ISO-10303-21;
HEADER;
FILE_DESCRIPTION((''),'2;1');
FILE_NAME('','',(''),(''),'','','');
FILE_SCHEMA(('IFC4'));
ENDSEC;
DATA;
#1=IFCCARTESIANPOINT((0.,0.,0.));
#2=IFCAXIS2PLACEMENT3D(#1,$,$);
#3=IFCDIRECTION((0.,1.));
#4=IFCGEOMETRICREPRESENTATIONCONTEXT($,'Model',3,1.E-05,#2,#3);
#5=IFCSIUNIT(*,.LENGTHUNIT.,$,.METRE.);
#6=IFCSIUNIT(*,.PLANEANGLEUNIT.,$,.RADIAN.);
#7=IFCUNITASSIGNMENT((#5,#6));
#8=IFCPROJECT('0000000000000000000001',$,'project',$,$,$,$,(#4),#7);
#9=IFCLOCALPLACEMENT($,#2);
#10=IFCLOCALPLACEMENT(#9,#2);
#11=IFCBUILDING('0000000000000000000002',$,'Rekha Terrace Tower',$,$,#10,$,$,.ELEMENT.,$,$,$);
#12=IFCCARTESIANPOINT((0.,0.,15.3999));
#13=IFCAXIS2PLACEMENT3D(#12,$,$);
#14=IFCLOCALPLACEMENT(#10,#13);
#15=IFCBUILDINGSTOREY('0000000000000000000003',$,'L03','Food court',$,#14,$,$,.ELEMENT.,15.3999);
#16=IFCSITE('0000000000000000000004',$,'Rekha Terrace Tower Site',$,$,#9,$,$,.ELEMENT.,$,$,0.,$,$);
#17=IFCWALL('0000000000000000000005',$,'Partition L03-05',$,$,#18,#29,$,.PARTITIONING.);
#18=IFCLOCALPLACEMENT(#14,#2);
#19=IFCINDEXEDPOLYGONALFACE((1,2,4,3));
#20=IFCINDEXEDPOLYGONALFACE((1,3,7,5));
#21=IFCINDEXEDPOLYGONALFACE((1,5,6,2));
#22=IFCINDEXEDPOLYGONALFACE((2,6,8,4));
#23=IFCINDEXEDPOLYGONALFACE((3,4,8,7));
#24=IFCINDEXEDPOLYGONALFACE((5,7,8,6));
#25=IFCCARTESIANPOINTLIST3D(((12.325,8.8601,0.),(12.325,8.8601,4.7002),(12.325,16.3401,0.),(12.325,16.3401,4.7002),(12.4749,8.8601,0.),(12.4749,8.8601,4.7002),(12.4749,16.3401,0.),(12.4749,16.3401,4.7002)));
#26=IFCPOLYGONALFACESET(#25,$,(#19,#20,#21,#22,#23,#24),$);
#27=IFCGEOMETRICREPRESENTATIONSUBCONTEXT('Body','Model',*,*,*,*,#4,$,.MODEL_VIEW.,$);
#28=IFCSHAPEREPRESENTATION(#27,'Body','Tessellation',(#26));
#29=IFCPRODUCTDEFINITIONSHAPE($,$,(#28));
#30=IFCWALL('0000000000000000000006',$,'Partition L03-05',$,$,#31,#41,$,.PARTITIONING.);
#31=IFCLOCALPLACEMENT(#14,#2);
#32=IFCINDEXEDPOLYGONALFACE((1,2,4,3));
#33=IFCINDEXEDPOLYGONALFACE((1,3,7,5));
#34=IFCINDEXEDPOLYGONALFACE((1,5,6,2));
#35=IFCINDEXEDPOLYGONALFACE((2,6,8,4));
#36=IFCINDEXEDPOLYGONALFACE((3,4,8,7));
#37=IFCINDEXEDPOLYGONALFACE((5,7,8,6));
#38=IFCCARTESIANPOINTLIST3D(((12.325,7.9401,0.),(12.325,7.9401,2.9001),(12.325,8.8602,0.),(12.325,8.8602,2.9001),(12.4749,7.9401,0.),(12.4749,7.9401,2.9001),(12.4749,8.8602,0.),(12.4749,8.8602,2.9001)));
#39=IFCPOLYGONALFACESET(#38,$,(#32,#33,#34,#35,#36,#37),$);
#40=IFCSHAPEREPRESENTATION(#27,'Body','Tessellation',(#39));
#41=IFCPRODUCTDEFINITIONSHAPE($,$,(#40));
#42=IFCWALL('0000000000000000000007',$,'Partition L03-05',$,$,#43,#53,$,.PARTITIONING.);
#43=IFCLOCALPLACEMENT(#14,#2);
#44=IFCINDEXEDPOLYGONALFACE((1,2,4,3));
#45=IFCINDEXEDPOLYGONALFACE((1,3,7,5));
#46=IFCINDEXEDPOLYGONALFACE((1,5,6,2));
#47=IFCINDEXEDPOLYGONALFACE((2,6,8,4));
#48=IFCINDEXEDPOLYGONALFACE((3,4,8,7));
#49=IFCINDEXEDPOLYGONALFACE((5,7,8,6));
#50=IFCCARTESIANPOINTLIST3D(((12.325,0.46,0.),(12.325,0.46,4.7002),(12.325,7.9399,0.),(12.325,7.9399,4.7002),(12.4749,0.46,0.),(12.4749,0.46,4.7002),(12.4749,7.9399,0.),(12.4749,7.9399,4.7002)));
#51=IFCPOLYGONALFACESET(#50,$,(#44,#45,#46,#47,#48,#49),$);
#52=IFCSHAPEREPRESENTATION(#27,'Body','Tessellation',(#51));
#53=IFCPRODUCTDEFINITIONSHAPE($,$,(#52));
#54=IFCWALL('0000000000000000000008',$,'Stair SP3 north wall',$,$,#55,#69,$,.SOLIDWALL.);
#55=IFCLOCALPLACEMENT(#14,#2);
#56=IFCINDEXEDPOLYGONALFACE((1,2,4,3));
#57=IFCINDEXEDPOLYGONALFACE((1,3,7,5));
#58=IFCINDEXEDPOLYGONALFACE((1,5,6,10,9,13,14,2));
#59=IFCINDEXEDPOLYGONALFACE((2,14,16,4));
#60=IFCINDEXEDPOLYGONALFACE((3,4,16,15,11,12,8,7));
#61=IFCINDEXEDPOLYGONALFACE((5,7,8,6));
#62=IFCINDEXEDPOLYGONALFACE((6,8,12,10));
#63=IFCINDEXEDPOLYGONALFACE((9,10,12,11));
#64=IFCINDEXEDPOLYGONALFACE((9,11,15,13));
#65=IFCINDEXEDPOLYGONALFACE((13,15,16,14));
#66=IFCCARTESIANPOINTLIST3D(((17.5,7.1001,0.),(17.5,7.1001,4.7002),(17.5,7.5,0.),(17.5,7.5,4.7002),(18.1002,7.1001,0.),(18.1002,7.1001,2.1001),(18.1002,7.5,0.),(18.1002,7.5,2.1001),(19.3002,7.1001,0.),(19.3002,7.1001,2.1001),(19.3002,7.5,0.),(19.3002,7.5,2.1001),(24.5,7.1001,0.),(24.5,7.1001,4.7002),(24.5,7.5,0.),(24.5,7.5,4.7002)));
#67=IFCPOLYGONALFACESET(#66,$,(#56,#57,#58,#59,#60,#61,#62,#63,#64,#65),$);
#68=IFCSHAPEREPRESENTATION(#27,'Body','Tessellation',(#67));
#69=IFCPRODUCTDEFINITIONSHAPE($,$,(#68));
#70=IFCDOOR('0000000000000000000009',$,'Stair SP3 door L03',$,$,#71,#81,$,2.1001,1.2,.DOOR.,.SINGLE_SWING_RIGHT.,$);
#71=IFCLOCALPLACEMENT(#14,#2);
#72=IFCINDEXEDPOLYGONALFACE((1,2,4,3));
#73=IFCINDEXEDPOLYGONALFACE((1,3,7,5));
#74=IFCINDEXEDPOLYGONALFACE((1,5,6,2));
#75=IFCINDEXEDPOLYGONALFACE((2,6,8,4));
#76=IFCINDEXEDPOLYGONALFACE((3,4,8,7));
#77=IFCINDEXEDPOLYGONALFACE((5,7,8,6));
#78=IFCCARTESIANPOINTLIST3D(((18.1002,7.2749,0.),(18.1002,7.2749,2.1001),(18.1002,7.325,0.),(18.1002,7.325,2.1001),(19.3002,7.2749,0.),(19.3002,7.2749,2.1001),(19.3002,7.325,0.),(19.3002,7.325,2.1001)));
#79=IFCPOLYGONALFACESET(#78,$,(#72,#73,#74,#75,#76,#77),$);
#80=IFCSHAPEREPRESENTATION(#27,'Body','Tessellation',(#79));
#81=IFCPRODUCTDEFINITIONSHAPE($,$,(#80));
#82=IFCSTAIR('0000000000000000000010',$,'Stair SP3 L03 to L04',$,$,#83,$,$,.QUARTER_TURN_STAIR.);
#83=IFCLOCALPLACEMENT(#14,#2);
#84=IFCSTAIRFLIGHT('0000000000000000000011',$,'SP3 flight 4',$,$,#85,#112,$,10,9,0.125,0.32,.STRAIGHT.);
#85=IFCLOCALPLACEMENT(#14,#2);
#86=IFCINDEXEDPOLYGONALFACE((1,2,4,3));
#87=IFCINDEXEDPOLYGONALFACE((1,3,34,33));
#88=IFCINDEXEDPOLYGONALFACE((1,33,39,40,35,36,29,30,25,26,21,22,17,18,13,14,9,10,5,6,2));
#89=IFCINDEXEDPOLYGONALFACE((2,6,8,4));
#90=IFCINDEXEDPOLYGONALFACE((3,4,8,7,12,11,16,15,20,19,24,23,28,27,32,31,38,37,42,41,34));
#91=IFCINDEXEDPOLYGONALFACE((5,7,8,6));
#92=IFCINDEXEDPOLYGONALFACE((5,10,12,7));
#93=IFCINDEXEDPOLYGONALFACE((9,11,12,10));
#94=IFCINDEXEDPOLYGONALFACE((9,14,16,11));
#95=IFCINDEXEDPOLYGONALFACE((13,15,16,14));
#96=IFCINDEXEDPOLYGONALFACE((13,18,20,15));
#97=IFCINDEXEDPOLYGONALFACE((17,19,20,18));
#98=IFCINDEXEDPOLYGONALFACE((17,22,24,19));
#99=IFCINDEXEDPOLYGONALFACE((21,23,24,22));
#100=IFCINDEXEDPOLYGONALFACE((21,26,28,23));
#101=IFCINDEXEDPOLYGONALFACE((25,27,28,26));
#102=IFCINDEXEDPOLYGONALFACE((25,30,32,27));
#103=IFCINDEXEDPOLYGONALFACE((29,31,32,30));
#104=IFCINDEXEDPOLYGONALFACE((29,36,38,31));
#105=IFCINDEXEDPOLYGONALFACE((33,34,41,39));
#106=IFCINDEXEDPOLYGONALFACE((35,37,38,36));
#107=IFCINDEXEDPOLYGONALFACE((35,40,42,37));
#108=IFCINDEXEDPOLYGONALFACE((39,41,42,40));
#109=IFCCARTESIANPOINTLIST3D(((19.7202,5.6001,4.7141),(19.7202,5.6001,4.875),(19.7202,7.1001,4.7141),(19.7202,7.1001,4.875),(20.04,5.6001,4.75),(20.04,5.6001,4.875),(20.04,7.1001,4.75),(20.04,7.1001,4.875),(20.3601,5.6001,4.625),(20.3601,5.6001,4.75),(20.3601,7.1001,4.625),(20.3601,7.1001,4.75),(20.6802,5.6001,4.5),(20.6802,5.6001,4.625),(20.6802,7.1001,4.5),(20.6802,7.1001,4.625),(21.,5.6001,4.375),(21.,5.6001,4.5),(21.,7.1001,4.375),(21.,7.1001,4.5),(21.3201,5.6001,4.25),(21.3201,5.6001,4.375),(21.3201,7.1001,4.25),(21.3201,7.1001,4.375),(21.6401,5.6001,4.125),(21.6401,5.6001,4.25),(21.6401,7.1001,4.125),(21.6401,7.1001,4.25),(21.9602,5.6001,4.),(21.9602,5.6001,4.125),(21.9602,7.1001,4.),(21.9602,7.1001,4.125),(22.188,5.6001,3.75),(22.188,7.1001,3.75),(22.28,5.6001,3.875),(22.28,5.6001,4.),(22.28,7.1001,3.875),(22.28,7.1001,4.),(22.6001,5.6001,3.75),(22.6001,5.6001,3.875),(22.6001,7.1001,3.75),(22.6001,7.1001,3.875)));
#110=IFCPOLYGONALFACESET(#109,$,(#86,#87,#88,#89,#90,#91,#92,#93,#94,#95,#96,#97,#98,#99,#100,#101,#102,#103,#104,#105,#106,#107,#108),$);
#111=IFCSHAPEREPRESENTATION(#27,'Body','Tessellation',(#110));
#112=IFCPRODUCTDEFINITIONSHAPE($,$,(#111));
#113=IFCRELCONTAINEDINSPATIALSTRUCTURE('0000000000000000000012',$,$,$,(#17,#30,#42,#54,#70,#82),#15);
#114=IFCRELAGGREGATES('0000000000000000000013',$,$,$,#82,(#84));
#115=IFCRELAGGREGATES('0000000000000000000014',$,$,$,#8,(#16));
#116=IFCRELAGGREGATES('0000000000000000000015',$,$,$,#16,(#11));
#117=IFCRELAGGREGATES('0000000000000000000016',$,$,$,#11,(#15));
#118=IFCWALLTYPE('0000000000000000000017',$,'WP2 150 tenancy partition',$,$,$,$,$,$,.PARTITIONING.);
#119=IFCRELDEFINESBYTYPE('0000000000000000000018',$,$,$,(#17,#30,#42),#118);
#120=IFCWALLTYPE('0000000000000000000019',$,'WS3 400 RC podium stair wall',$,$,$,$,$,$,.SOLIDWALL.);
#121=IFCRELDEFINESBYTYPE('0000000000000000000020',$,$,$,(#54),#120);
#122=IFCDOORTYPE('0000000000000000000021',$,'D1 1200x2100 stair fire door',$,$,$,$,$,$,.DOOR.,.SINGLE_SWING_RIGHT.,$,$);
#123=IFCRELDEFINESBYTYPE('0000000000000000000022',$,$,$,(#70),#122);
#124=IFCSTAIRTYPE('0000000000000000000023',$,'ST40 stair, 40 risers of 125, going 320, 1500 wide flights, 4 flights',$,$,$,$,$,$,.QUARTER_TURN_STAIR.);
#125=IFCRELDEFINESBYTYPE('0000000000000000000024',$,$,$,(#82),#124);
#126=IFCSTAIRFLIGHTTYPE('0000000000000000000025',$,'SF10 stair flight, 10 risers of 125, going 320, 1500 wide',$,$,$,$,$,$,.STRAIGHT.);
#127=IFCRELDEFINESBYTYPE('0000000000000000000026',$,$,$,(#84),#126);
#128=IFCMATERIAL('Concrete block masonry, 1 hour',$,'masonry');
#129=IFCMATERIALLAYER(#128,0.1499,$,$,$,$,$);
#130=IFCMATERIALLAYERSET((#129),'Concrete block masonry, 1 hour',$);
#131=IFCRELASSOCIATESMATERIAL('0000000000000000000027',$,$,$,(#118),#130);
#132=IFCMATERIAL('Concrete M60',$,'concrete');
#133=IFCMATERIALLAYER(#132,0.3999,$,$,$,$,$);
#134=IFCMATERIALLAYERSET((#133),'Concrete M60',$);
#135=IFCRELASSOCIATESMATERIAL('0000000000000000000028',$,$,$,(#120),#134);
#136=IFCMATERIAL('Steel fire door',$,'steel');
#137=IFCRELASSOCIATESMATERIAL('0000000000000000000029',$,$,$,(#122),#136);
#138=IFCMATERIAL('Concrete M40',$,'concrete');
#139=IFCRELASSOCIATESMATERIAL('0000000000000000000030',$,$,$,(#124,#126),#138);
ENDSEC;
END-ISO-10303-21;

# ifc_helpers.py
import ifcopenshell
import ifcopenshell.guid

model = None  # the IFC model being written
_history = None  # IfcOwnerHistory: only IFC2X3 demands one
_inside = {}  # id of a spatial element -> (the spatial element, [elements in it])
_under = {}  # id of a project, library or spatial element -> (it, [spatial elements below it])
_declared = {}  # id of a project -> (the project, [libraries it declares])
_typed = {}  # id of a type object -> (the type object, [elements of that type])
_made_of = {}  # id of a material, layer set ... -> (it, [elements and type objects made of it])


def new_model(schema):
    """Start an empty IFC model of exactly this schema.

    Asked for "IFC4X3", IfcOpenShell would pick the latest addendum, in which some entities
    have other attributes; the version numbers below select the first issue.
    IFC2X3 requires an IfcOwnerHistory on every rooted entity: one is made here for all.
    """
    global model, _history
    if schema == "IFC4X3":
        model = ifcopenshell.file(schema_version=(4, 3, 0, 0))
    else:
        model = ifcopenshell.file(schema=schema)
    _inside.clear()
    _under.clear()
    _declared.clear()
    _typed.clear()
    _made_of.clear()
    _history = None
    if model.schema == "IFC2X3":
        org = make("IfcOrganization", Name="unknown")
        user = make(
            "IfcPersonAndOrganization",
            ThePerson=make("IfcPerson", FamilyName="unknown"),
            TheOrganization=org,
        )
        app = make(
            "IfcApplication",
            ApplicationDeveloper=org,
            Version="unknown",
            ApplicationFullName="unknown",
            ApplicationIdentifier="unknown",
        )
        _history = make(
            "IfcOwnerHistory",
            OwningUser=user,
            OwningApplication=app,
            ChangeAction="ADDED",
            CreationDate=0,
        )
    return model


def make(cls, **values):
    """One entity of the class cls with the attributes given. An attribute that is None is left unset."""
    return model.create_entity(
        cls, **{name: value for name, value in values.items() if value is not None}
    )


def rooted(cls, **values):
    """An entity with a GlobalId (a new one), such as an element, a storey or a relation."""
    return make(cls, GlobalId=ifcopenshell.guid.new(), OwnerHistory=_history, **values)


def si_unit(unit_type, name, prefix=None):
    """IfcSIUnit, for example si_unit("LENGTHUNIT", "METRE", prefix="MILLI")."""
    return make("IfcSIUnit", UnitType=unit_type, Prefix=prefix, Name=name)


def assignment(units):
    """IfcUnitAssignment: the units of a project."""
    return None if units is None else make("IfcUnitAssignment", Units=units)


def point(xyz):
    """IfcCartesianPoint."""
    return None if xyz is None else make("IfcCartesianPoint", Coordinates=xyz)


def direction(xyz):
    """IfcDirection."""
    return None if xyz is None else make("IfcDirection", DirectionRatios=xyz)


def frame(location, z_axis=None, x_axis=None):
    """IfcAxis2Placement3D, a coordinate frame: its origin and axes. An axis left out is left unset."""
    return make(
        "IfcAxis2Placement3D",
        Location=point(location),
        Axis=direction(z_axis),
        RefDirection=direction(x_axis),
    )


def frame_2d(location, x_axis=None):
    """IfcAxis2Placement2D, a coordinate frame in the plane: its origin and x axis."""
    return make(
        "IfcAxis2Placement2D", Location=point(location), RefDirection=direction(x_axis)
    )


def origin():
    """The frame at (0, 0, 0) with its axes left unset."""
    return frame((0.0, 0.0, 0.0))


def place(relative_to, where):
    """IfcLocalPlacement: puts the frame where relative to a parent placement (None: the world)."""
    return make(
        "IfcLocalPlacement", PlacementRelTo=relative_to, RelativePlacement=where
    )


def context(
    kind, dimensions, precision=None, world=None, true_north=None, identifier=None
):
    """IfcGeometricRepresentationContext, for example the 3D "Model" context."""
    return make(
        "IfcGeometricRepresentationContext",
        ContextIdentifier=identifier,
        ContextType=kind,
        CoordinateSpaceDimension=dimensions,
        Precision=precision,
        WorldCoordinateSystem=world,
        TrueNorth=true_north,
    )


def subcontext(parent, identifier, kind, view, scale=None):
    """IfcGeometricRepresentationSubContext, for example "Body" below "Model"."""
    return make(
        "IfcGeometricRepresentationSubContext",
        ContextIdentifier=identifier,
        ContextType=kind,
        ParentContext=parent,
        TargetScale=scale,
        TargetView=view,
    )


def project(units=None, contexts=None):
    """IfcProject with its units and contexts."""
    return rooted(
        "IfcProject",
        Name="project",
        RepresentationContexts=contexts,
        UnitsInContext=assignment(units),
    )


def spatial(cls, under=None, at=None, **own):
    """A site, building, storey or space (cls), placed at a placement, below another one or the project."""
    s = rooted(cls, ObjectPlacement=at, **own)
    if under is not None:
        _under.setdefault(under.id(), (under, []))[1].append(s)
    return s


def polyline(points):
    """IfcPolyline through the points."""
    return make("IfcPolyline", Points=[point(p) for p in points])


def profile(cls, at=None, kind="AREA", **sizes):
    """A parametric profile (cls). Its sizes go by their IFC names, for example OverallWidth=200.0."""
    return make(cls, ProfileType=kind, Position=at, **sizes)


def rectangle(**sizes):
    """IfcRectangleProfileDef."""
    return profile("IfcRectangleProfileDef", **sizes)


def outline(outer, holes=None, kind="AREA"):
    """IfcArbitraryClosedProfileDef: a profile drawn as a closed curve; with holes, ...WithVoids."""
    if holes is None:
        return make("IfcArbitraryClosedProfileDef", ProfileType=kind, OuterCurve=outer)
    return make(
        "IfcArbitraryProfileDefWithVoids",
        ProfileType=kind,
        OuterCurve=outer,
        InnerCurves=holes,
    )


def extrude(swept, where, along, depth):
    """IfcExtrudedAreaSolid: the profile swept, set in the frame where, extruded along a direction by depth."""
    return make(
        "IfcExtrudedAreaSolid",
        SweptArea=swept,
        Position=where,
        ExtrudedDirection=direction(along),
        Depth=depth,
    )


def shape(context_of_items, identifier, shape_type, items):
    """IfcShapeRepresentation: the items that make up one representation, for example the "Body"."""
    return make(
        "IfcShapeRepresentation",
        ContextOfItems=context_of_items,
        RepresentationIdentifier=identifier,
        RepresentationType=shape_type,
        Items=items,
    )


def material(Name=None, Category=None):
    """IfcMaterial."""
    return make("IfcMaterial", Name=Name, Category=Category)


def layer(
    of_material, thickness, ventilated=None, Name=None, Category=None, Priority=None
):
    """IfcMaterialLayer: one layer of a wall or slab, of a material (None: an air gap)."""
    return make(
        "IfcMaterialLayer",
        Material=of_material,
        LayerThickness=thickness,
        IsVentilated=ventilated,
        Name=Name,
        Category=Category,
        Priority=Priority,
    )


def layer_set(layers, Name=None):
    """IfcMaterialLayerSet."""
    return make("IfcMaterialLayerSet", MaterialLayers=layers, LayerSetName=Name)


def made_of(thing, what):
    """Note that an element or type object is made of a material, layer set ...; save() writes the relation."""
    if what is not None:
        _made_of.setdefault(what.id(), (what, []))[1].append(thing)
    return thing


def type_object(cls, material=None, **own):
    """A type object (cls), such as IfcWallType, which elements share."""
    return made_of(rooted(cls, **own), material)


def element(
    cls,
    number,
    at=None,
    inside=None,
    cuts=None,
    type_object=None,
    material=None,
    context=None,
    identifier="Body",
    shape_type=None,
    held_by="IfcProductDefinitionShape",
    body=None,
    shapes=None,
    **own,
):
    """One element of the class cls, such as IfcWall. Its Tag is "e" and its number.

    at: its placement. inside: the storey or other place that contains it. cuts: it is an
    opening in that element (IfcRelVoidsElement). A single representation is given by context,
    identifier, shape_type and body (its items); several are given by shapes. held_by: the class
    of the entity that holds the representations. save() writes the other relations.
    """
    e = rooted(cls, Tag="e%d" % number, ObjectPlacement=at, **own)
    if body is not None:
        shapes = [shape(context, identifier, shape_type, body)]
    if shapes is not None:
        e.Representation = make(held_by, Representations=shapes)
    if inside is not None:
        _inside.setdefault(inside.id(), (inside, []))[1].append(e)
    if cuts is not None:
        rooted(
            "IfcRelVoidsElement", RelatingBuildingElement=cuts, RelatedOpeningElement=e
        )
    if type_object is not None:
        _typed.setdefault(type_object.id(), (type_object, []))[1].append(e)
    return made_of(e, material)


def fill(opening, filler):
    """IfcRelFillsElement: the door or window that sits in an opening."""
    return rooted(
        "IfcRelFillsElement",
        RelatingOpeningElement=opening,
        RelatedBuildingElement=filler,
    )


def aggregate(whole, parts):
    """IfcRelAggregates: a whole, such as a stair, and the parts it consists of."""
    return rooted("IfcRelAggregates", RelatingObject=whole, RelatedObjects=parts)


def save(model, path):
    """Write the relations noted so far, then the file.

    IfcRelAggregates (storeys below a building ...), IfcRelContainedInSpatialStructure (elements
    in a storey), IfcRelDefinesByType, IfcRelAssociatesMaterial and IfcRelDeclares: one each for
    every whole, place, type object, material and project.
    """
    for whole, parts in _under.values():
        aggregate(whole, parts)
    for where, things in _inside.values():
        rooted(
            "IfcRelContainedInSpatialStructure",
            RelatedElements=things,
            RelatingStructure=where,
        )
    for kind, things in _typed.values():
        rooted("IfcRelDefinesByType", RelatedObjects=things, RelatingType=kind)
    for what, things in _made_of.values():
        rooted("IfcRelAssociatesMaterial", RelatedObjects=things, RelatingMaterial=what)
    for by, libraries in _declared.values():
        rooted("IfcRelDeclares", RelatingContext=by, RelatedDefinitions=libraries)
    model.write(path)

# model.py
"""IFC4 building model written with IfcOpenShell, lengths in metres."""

from ifc_helpers import new_model, si_unit, direction, frame, frame_2d, origin, place, context, subcontext, project, spatial, polyline, rectangle, outline, extrude, material, layer, layer_set, type_object, element, fill, aggregate, save


model = new_model("IFC4")

# Units and contexts
model_context = context("Model", 3, precision=1e-05, world=origin(), true_north=direction((0.0, 1.0)))
body_context = subcontext(model_context, "Body", "Model", "MODEL_VIEW")
ifc_project = project(units=[si_unit("LENGTHUNIT", "METRE"), si_unit("PLANEANGLEUNIT", "RADIAN")], contexts=[model_context])

# Site, building, storey
site_placement = place(None, origin())
site = spatial("IfcSite", under=ifc_project, at=site_placement, Name="Rekha Terrace Tower Site", CompositionType="ELEMENT", RefElevation=0.0)
building_placement = place(site_placement, origin())
building = spatial("IfcBuilding", under=site, at=building_placement, Name="Rekha Terrace Tower", CompositionType="ELEMENT")
storey_placement = place(building_placement, frame((0.0, 0.0, 15.3999)))
storey = spatial("IfcBuildingStorey", under=building, at=storey_placement, Name="L03", Description="Food court", CompositionType="ELEMENT", Elevation=15.3999)

# Shared definitions
ifc_material_1 = material(Name="Concrete M60", Category="concrete")

# Walls
ifc_material_2 = material(Name="Concrete block masonry, 1 hour", Category="masonry")
ifc_layer_1 = layer(ifc_material_2, 0.1499)
ifc_layer_set_1 = layer_set([ifc_layer_1], Name="Concrete block masonry, 1 hour")
wall_type_1 = type_object("IfcWallType", Name="WP2 150 tenancy partition", PredefinedType="PARTITIONING", material=ifc_layer_set_1)
wall_1_placement = place(storey_placement, frame((12.3999, 16.3401, 0.0), z_axis=(0.0, 0.0, 1.0), x_axis=(0.0, -1.0, 0.0)))
element("IfcWall", 1, at=wall_1_placement, inside=storey, type_object=wall_type_1, Name="Partition L03-05", PredefinedType="PARTITIONING", context=body_context, shape_type="SweptSolid", body=[
    extrude(rectangle(XDim=7.48, YDim=0.1499, at=frame_2d((3.74, 0.0))), origin(), (0.0, 0.0, 1.0), 4.7002),
])
wall_2_placement = place(storey_placement, frame((12.3999, 8.8601, 0.0), z_axis=(0.0, 0.0, 1.0), x_axis=(0.0, -1.0, 0.0)))
element("IfcWall", 2, at=wall_2_placement, inside=storey, type_object=wall_type_1, Name="Partition L03-05", PredefinedType="PARTITIONING", context=body_context, shape_type="SweptSolid", body=[
    extrude(rectangle(XDim=0.9202, YDim=0.1499, at=frame_2d((0.46, 0.0))), origin(), (0.0, 0.0, 1.0), 2.9001),
])
wall_3_placement = place(storey_placement, frame((12.3999, 7.9399, 0.0), z_axis=(0.0, 0.0, 1.0), x_axis=(0.0, -1.0, 0.0)))
element("IfcWall", 3, at=wall_3_placement, inside=storey, type_object=wall_type_1, Name="Partition L03-05", PredefinedType="PARTITIONING", context=body_context, shape_type="SweptSolid", body=[
    extrude(rectangle(XDim=7.48, YDim=0.1499, at=frame_2d((3.74, 0.0))), origin(), (0.0, 0.0, 1.0), 4.7002),
])

# Wall, opening, door
ifc_layer_2 = layer(ifc_material_1, 0.3999)
ifc_layer_set_2 = layer_set([ifc_layer_2], Name="Concrete M60")
wall_type_2 = type_object("IfcWallType", Name="WS3 400 RC podium stair wall", PredefinedType="SOLIDWALL", material=ifc_layer_set_2)
wall_4_placement = place(storey_placement, frame((17.5, 7.3, 0.0), z_axis=(0.0, 0.0, 1.0), x_axis=(1.0, 0.0, 0.0)))
wall_4 = element("IfcWall", 4, at=wall_4_placement, inside=storey, type_object=wall_type_2, Name="Stair SP3 north wall", PredefinedType="SOLIDWALL", context=body_context, shape_type="SweptSolid", body=[
    extrude(rectangle(XDim=7.0, YDim=0.3999, at=frame_2d((3.5, 0.0))), origin(), (0.0, 0.0, 1.0), 4.7002),
])
opening_placement = place(wall_4_placement, frame((0.6001, 0.0, 0.0)))
opening = element("IfcOpeningElement", 5, at=opening_placement, cuts=wall_4, PredefinedType="OPENING", context=body_context, shape_type="SweptSolid", body=[
    extrude(rectangle(XDim=1.2, YDim=2.1001, at=frame_2d((0.6001, 1.05))), frame((0.0, 0.21, 0.0), z_axis=(0.0, -1.0, 0.0), x_axis=(1.0, 0.0, 0.0)), (0.0, 0.0, 1.0), 0.4199),
])
ifc_material_3 = material(Name="Steel fire door", Category="steel")
door_type = type_object("IfcDoorType", Name="D1 1200x2100 stair fire door", OperationType="SINGLE_SWING_RIGHT", PredefinedType="DOOR", material=ifc_material_3)
door_placement = place(opening_placement, origin())
door = element("IfcDoor", 6, at=door_placement, inside=storey, type_object=door_type, Name="Stair SP3 door L03", OperationType="SINGLE_SWING_RIGHT", OverallHeight=2.1001, OverallWidth=1.2, PredefinedType="DOOR", context=body_context, shape_type="SweptSolid", body=[
    extrude(rectangle(XDim=1.2, YDim=2.1001, at=frame_2d((0.6001, 1.05))), frame((0.0, 0.0249, 0.0), z_axis=(0.0, -1.0, 0.0), x_axis=(1.0, 0.0, 0.0)), (0.0, 0.0, 1.0), 0.05),
])
fill(opening, door)

# Stair, stair flight
ifc_material_4 = material(Name="Concrete M40", Category="concrete")
stair_type = type_object("IfcStairType", Name="ST40 stair, 40 risers of 125, going 320, 1500 wide flights, 4 flights", PredefinedType="QUARTER_TURN_STAIR", material=ifc_material_4)
stair_placement = place(storey_placement, origin())
stair = element("IfcStair", 7, at=stair_placement, inside=storey, type_object=stair_type, Name="Stair SP3 L03 to L04", PredefinedType="QUARTER_TURN_STAIR")
stair_flight_type = type_object("IfcStairFlightType", Name="SF10 stair flight, 10 risers of 125, going 320, 1500 wide", PredefinedType="STRAIGHT", material=ifc_material_4)
stair_flight_placement = place(storey_placement, frame((22.6001, 6.3501, 3.75), z_axis=(0.0, 0.0, 1.0), x_axis=(-1.0, 0.0, 0.0)))
stair_flight = element("IfcStairFlight", 8, at=stair_flight_placement, type_object=stair_flight_type, Name="SP3 flight 4", NumberOfRisers=10, NumberOfTreads=9, PredefinedType="STRAIGHT", RiserHeight=0.125, TreadLength=0.32, context=body_context, shape_type="SweptSolid", body=[
    extrude(outline(polyline([(0.0, 0.0), (0.0, 0.125), (0.3201, 0.125), (0.3201, 0.25), (0.6399, 0.25), (0.6399, 0.375), (0.96, 0.375), (0.96, 0.5), (1.28, 0.5), (1.28, 0.625), (1.6001, 0.625), (1.6001, 0.75), (1.9199, 0.75), (1.9199, 0.875), (2.24, 0.875), (2.24, 1.0), (2.5601, 1.0), (2.5601, 1.125), (2.8799, 1.125), (2.8799, 1.25), (2.8799, 0.9641), (0.4121, 0.0), (0.0, 0.0)])), frame((0.0, 0.75, 0.0), z_axis=(0.0, -1.0, 0.0), x_axis=(1.0, 0.0, 0.0)), (0.0, 0.0, 1.0), 1.5),
])
aggregate(stair, [stair_flight])

save(model, "model.ifc")
